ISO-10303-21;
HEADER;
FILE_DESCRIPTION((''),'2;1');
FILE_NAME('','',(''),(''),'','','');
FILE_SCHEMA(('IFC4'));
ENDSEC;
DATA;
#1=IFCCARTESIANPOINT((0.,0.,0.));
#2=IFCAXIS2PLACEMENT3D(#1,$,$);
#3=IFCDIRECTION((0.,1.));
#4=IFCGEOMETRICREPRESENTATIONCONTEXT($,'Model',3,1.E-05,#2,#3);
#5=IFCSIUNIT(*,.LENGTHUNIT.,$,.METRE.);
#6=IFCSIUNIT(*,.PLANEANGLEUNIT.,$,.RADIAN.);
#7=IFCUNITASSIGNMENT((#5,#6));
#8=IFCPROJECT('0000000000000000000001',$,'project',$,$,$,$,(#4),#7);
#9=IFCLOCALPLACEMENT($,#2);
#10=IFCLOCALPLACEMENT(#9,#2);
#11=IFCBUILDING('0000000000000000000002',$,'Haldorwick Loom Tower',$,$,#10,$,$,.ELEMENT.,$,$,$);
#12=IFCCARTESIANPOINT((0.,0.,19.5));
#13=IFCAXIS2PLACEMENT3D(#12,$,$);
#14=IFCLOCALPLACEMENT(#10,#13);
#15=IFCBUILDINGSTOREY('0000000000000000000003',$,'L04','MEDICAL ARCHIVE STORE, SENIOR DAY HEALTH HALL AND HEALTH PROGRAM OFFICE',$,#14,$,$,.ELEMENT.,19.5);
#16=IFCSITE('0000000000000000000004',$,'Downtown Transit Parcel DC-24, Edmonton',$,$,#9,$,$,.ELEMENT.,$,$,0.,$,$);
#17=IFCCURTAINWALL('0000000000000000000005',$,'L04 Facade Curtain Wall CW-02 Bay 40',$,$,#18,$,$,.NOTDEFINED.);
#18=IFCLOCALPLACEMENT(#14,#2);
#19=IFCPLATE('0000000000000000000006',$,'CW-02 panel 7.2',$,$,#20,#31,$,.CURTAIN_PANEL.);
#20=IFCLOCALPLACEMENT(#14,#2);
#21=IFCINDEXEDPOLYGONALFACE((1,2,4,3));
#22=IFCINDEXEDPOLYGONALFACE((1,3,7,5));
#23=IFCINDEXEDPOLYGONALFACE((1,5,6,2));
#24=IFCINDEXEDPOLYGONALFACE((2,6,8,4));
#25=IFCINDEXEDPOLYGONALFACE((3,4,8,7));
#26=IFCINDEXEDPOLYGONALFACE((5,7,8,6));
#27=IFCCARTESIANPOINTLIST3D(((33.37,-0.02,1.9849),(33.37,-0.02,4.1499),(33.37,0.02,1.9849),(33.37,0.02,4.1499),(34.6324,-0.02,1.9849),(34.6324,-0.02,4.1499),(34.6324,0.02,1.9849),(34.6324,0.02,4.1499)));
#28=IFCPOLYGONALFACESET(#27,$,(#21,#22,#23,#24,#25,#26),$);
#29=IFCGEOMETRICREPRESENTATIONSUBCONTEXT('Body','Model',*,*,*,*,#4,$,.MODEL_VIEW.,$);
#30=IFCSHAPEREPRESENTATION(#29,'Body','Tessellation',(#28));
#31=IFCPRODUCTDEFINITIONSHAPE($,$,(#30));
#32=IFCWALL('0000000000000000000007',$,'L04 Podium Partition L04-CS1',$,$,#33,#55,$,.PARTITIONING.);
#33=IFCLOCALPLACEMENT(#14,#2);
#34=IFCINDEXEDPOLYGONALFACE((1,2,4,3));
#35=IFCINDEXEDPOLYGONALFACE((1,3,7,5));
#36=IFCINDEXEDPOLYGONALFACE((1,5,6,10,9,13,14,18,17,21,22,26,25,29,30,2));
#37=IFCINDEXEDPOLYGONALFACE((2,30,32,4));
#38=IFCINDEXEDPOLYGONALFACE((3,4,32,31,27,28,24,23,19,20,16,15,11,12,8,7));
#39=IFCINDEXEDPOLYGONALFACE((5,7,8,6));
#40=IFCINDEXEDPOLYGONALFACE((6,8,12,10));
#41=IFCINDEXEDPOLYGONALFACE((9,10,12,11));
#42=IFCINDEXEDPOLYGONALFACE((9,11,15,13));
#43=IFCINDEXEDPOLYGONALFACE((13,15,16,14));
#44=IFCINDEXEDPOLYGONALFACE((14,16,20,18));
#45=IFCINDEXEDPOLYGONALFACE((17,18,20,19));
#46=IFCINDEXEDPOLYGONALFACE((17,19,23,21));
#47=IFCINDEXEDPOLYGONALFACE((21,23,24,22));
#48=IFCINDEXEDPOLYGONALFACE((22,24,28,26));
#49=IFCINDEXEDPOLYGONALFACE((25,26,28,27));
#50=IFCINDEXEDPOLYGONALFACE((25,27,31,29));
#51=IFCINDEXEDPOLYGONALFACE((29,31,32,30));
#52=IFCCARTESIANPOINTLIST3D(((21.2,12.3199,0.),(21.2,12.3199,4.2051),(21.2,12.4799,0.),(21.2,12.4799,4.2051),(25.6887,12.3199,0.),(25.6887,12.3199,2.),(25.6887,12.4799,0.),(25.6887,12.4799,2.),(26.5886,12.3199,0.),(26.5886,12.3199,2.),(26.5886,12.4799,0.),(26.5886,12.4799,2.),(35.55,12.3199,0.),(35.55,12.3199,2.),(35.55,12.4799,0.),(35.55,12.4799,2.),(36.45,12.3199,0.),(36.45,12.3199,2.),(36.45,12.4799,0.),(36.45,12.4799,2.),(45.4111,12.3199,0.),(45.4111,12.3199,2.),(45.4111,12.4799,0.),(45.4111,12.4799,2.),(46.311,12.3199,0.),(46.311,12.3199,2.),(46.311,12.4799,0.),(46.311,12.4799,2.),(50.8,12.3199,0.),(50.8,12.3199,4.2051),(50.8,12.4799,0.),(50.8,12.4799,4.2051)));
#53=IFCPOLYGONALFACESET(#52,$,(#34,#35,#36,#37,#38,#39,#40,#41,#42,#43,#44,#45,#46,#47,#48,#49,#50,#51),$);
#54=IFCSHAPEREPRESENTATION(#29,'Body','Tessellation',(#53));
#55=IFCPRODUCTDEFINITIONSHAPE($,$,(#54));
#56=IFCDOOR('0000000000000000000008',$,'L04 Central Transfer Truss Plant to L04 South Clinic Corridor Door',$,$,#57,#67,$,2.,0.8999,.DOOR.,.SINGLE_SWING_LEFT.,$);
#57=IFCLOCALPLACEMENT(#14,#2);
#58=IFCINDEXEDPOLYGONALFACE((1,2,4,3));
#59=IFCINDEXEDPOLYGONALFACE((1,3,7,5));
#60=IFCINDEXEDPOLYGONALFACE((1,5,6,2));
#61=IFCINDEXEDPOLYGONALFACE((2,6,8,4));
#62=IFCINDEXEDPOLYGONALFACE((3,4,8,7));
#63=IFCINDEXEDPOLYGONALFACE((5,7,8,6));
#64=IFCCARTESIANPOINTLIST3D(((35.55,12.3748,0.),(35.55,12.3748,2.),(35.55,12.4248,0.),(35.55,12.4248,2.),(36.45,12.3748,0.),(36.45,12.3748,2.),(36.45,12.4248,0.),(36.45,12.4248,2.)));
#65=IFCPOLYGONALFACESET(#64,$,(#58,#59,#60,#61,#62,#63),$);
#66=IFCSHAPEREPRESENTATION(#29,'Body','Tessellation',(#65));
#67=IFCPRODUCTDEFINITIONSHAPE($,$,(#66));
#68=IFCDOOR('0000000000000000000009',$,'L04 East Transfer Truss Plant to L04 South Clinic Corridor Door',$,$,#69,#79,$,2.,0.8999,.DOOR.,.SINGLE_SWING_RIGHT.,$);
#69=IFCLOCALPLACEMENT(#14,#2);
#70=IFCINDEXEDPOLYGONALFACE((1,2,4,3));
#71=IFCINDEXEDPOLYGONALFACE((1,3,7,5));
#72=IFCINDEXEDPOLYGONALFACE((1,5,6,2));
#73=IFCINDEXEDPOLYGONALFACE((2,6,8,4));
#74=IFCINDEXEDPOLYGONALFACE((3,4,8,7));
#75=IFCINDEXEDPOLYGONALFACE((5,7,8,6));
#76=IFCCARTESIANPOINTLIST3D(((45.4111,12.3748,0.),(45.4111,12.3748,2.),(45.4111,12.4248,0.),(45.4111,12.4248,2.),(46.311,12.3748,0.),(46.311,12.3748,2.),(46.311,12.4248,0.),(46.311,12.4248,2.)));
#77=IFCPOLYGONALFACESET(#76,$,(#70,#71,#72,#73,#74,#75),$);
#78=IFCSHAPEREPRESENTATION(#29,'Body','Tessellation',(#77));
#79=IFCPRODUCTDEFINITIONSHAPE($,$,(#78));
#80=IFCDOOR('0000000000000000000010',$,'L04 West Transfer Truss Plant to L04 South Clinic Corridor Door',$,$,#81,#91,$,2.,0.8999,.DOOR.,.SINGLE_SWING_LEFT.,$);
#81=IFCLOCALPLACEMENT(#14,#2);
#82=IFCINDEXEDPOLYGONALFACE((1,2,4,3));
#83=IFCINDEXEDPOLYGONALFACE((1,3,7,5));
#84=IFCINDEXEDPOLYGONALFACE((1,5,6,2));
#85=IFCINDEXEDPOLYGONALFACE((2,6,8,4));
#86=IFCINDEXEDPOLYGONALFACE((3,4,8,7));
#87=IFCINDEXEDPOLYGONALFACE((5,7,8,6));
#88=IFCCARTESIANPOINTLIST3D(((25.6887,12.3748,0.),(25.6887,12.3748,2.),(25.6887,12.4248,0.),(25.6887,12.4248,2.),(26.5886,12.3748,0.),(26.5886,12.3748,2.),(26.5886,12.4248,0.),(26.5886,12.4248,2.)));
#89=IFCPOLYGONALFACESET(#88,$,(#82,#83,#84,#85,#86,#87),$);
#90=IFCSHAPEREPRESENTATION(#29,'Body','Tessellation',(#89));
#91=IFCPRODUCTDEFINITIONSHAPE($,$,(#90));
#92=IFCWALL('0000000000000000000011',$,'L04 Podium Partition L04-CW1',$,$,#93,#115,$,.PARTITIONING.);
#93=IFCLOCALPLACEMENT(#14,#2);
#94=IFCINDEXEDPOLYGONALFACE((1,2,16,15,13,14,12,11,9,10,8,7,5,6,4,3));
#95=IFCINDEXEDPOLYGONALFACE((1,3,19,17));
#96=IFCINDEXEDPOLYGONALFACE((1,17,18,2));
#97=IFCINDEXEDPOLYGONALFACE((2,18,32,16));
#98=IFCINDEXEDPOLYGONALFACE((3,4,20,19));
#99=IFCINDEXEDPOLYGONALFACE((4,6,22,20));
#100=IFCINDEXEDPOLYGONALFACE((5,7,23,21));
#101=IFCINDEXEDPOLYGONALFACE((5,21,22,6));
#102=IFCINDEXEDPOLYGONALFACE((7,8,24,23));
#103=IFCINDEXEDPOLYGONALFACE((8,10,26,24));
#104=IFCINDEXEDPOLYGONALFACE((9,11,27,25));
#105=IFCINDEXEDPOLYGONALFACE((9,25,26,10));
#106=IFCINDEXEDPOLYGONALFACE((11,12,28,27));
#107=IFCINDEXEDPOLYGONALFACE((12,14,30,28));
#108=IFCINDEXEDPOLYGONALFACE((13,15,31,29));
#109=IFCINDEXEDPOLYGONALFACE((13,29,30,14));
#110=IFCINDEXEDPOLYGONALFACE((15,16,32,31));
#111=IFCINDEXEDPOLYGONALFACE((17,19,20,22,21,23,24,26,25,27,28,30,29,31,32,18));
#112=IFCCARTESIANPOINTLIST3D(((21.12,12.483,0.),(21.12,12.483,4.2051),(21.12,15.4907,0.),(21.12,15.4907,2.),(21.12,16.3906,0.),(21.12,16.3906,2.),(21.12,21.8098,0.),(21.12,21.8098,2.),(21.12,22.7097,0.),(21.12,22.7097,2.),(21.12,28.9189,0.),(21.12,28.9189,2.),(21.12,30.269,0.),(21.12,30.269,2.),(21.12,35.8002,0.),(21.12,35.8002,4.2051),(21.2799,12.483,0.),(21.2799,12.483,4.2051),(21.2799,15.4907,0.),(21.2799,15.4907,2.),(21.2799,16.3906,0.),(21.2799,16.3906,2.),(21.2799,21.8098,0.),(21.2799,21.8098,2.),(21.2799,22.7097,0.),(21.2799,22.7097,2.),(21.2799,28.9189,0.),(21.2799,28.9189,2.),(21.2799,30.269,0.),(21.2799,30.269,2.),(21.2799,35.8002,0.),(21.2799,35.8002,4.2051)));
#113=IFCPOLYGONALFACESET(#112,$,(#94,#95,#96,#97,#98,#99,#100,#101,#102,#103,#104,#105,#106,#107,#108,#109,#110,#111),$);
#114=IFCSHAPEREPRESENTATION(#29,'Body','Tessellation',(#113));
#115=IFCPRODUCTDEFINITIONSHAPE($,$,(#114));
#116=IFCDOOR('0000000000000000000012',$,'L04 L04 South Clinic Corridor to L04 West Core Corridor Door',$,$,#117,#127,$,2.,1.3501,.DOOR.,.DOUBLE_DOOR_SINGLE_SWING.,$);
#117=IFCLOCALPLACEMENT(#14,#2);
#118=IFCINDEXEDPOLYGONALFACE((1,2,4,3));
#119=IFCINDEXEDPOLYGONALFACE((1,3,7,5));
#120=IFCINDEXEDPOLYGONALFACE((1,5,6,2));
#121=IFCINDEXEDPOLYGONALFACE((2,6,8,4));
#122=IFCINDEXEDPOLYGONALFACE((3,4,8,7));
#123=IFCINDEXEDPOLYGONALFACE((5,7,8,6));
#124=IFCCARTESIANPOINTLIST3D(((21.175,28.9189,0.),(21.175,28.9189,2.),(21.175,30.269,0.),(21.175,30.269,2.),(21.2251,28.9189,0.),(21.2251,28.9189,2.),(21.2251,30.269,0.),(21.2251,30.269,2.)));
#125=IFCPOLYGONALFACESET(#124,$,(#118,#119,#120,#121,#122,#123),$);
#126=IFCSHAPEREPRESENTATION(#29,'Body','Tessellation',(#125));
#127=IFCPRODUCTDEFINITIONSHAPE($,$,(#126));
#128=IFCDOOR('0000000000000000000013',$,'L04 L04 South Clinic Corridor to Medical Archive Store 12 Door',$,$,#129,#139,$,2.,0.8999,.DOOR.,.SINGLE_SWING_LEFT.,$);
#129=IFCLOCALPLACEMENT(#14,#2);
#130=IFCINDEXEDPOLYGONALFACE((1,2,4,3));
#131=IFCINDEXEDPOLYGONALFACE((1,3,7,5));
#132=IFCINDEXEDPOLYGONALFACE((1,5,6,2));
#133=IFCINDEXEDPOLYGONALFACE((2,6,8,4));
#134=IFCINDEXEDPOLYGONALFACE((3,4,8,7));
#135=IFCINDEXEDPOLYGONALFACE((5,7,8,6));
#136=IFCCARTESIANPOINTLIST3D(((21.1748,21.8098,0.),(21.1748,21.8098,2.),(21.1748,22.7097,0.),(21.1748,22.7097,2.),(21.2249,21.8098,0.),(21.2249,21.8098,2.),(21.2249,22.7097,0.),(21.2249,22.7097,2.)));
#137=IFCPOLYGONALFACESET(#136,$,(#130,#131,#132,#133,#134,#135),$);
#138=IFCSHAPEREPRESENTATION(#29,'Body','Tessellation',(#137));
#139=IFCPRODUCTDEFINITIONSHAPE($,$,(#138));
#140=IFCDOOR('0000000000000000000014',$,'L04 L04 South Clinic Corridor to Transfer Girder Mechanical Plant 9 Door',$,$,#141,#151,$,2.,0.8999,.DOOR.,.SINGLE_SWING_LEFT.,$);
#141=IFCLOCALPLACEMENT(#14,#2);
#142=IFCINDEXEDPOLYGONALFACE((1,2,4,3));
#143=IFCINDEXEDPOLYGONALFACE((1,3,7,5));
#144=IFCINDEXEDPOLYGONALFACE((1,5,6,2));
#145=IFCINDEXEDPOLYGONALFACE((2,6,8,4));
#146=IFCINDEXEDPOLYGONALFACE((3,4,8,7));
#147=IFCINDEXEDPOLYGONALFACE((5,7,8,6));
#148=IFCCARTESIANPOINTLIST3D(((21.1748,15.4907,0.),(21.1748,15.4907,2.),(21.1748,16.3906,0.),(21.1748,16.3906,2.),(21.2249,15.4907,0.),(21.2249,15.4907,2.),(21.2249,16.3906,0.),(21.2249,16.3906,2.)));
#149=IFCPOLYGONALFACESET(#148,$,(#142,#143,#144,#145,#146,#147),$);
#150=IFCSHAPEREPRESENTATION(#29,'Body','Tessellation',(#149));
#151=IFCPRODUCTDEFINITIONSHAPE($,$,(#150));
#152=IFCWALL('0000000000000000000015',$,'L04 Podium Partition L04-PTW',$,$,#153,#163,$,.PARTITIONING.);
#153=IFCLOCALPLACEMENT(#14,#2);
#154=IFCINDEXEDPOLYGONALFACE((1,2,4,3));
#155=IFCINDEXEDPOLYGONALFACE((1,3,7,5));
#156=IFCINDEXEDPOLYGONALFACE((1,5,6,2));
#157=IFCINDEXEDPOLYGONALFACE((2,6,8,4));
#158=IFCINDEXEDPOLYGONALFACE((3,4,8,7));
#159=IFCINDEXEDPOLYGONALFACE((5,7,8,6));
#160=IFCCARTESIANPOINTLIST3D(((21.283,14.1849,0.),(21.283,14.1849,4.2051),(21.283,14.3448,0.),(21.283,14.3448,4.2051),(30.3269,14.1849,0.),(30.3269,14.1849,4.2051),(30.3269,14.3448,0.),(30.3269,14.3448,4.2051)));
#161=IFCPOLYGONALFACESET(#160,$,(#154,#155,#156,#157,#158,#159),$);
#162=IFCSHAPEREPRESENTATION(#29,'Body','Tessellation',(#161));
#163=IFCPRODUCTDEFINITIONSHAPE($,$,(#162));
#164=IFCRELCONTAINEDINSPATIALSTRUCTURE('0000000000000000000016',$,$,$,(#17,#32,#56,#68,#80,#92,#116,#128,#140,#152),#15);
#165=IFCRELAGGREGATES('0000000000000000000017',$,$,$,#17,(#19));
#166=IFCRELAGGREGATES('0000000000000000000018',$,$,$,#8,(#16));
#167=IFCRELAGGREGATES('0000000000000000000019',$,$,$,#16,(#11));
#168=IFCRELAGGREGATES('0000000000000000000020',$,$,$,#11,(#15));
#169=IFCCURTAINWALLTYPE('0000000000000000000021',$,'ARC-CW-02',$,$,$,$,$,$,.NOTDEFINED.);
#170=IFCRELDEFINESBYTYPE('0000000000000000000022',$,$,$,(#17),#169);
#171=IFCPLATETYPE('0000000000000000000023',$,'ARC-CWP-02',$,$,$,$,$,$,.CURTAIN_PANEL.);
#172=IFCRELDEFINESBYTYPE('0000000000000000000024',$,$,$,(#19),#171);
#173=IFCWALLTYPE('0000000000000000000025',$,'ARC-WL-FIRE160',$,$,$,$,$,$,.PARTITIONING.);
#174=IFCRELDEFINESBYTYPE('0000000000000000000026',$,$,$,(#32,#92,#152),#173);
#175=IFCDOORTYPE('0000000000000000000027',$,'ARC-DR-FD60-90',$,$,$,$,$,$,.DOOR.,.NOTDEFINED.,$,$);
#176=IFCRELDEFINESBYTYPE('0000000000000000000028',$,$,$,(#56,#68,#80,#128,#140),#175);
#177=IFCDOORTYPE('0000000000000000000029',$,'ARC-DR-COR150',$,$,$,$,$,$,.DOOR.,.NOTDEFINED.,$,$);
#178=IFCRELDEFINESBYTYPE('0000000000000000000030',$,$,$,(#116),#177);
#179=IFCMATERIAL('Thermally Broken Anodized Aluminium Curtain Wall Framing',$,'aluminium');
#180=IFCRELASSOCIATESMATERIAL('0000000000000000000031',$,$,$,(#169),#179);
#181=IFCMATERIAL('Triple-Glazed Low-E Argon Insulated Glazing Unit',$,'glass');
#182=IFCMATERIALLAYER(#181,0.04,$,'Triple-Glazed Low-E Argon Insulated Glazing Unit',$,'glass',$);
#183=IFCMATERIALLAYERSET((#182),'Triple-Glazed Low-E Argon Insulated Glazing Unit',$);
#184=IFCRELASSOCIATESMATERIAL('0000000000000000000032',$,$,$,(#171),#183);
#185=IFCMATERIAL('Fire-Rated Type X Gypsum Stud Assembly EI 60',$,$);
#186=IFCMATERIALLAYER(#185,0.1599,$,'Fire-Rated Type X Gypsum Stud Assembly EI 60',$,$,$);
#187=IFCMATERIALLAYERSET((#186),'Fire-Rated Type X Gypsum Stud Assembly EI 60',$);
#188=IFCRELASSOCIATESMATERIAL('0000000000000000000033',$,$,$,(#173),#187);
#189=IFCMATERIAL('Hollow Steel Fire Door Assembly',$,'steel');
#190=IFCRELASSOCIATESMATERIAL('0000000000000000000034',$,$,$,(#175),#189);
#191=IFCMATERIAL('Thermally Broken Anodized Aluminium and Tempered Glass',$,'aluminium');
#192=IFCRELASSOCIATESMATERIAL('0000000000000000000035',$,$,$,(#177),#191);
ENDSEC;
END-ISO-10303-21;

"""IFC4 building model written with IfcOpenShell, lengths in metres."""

from ifc_helpers import new_model, si_unit, direction, frame, frame_2d, origin, origin_2d, place, context, subcontext, project, spatial, rectangle, extrude, material, layer, layer_set, type_object, element, fill, aggregate, save


model = new_model("IFC4")

# Units and contexts
model_context = context("Model", 3, precision=1e-05, world=origin(), true_north=direction((0.0, 1.0)))
body_context = subcontext(model_context, "Body", "Model", "MODEL_VIEW")
ifc_project = project(units=[si_unit("LENGTHUNIT", "METRE"), si_unit("PLANEANGLEUNIT", "RADIAN")], contexts=[model_context])

# Site, building, storey
site_placement = place(None, origin())
site = spatial("IfcSite", under=ifc_project, at=site_placement, Name="Downtown Transit Parcel DC-24, Edmonton", CompositionType="ELEMENT", RefElevation=0.0)
building_placement = place(site_placement, origin())
building = spatial("IfcBuilding", under=site, at=building_placement, Name="Haldorwick Loom Tower", CompositionType="ELEMENT")
storey_placement = place(building_placement, frame((0.0, 0.0, 19.5)))
storey = spatial("IfcBuildingStorey", under=building, at=storey_placement, Name="L04", Description="MEDICAL ARCHIVE STORE, SENIOR DAY HEALTH HALL AND HEALTH PROGRAM OFFICE", CompositionType="ELEMENT", Elevation=19.5)

# Curtain wall
ifc_material_1 = material(Name="Thermally Broken Anodized Aluminium Curtain Wall Framing", Category="aluminium")
curtain_wall_type = type_object("IfcCurtainWallType", Name="ARC-CW-02", PredefinedType="NOTDEFINED", material=ifc_material_1)
curtain_wall_placement = place(storey_placement, origin())
curtain_wall = element("IfcCurtainWall", 1, at=curtain_wall_placement, inside=storey, type_object=curtain_wall_type, Name="L04 Facade Curtain Wall CW-02 Bay 40", PredefinedType="NOTDEFINED")

# Plate
ifc_material_2 = material(Name="Triple-Glazed Low-E Argon Insulated Glazing Unit", Category="glass")
ifc_layer_1 = layer(ifc_material_2, 0.04, Name="Triple-Glazed Low-E Argon Insulated Glazing Unit", Category="glass")
ifc_layer_set_1 = layer_set([ifc_layer_1], Name="Triple-Glazed Low-E Argon Insulated Glazing Unit")
plate_type = type_object("IfcPlateType", Name="ARC-CWP-02", PredefinedType="CURTAIN_PANEL", material=ifc_layer_set_1)
plate_1_placement = place(storey_placement, frame((34.0012, 0.0, 1.9849), z_axis=(0.0, 0.0, 1.0), x_axis=(1.0, 0.0, 0.0)))
plate_1 = element("IfcPlate", 2, at=plate_1_placement, type_object=plate_type, Name="CW-02 panel 7.2", PredefinedType="CURTAIN_PANEL", context=body_context, shape_type="SweptSolid", body=[
    extrude(rectangle(XDim=1.2625, YDim=0.04, at=origin_2d()), origin(), (0.0, 0.0, 1.0), 2.165),
])
aggregate(curtain_wall, [plate_1])

# Walls, openings, doors
ifc_material_3 = material(Name="Fire-Rated Type X Gypsum Stud Assembly EI 60")
ifc_layer_2 = layer(ifc_material_3, 0.1599, Name="Fire-Rated Type X Gypsum Stud Assembly EI 60")
ifc_layer_set_2 = layer_set([ifc_layer_2], Name="Fire-Rated Type X Gypsum Stud Assembly EI 60")
wall_type_1 = type_object("IfcWallType", Name="ARC-WL-FIRE160", PredefinedType="PARTITIONING", material=ifc_layer_set_2)
wall_1_placement = place(storey_placement, frame((21.2, 12.3999, 0.0), z_axis=(0.0, 0.0, 1.0), x_axis=(1.0, 0.0, 0.0)))
wall_1 = element("IfcWall", 3, at=wall_1_placement, inside=storey, type_object=wall_type_1, Name="L04 Podium Partition L04-CS1", PredefinedType="PARTITIONING", context=body_context, shape_type="SweptSolid", body=[
    extrude(rectangle(XDim=29.6001, YDim=0.1599, at=frame_2d((14.8, 0.0))), origin(), (0.0, 0.0, 1.0), 4.2051),
])
opening_1_placement = place(wall_1_placement, frame((14.3501, 0.0, 0.0)))
opening_1 = element("IfcOpeningElement", 4, at=opening_1_placement, cuts=wall_1, PredefinedType="OPENING", context=body_context, shape_type="SweptSolid", body=[
    extrude(rectangle(XDim=0.8999, YDim=2.0, at=frame_2d((0.45, 1.0))), frame((0.0, 0.0898, 0.0), z_axis=(0.0, -1.0, 0.0), x_axis=(1.0, 0.0, 0.0)), (0.0, 0.0, 1.0), 0.1799),
])
opening_2_placement = place(wall_1_placement, frame((24.2112, 0.0, 0.0)))
opening_2 = element("IfcOpeningElement", 5, at=opening_2_placement, cuts=wall_1, PredefinedType="OPENING", context=body_context, shape_type="SweptSolid", body=[
    extrude(rectangle(XDim=0.8999, YDim=2.0, at=frame_2d((0.45, 1.0))), frame((0.0, 0.0898, 0.0), z_axis=(0.0, -1.0, 0.0), x_axis=(1.0, 0.0, 0.0)), (0.0, 0.0, 1.0), 0.1799),
])
opening_3_placement = place(wall_1_placement, frame((4.4888, 0.0, 0.0)))
opening_3 = element("IfcOpeningElement", 6, at=opening_3_placement, cuts=wall_1, PredefinedType="OPENING", context=body_context, shape_type="SweptSolid", body=[
    extrude(rectangle(XDim=0.8999, YDim=2.0, at=frame_2d((0.45, 1.0))), frame((0.0, 0.0898, 0.0), z_axis=(0.0, -1.0, 0.0), x_axis=(1.0, 0.0, 0.0)), (0.0, 0.0, 1.0), 0.1799),
])
ifc_material_4 = material(Name="Hollow Steel Fire Door Assembly", Category="steel")
door_type_1 = type_object("IfcDoorType", Name="ARC-DR-FD60-90", OperationType="NOTDEFINED", PredefinedType="DOOR", material=ifc_material_4)
door_1_placement = place(opening_1_placement, origin())
door_1 = element("IfcDoor", 7, at=door_1_placement, inside=storey, type_object=door_type_1, Name="L04 Central Transfer Truss Plant to L04 South Clinic Corridor Door", OperationType="SINGLE_SWING_LEFT", OverallHeight=2.0, OverallWidth=0.8999, PredefinedType="DOOR", context=body_context, shape_type="SweptSolid", body=[
    extrude(rectangle(XDim=0.8999, YDim=2.0, at=frame_2d((0.45, 1.0))), frame((0.0, 0.0249, 0.0), z_axis=(0.0, -1.0, 0.0), x_axis=(1.0, 0.0, 0.0)), (0.0, 0.0, 1.0), 0.05),
])
fill(opening_1, door_1)
door_2_placement = place(opening_2_placement, origin())
door_2 = element("IfcDoor", 8, at=door_2_placement, inside=storey, type_object=door_type_1, Name="L04 East Transfer Truss Plant to L04 South Clinic Corridor Door", OperationType="SINGLE_SWING_RIGHT", OverallHeight=2.0, OverallWidth=0.8999, PredefinedType="DOOR", context=body_context, shape_type="SweptSolid", body=[
    extrude(rectangle(XDim=0.8999, YDim=2.0, at=frame_2d((0.45, 1.0))), frame((0.0, 0.0249, 0.0), z_axis=(0.0, -1.0, 0.0), x_axis=(1.0, 0.0, 0.0)), (0.0, 0.0, 1.0), 0.05),
])
fill(opening_2, door_2)
door_3_placement = place(opening_3_placement, origin())
door_3 = element("IfcDoor", 9, at=door_3_placement, inside=storey, type_object=door_type_1, Name="L04 West Transfer Truss Plant to L04 South Clinic Corridor Door", OperationType="SINGLE_SWING_LEFT", OverallHeight=2.0, OverallWidth=0.8999, PredefinedType="DOOR", context=body_context, shape_type="SweptSolid", body=[
    extrude(rectangle(XDim=0.8999, YDim=2.0, at=frame_2d((0.45, 1.0))), frame((0.0, 0.0249, 0.0), z_axis=(0.0, -1.0, 0.0), x_axis=(1.0, 0.0, 0.0)), (0.0, 0.0, 1.0), 0.05),
])
fill(opening_3, door_3)
wall_2_placement = place(storey_placement, frame((21.2, 12.4829, 0.0), z_axis=(0.0, 0.0, 1.0), x_axis=(0.0, 1.0, 0.0)))
wall_2 = element("IfcWall", 10, at=wall_2_placement, inside=storey, type_object=wall_type_1, Name="L04 Podium Partition L04-CW1", PredefinedType="PARTITIONING", context=body_context, shape_type="SweptSolid", body=[
    extrude(rectangle(XDim=23.3171, YDim=0.1599, at=frame_2d((11.6587, 0.0))), origin(), (0.0, 0.0, 1.0), 4.2051),
])
opening_4_placement = place(wall_2_placement, frame((16.436, 0.0, 0.0)))
opening_4 = element("IfcOpeningElement", 11, at=opening_4_placement, cuts=wall_2, PredefinedType="OPENING", context=body_context, shape_type="SweptSolid", body=[
    extrude(rectangle(XDim=1.3501, YDim=2.0, at=frame_2d((0.675, 1.0))), frame((0.0, 0.0898, 0.0), z_axis=(0.0, -1.0, 0.0), x_axis=(1.0, 0.0, 0.0)), (0.0, 0.0, 1.0), 0.1799),
])
opening_5_placement = place(wall_2_placement, frame((9.3269, 0.0, 0.0)))
opening_5 = element("IfcOpeningElement", 12, at=opening_5_placement, cuts=wall_2, PredefinedType="OPENING", context=body_context, shape_type="SweptSolid", body=[
    extrude(rectangle(XDim=0.8999, YDim=2.0, at=frame_2d((0.45, 1.0))), frame((0.0, 0.0898, 0.0), z_axis=(0.0, -1.0, 0.0), x_axis=(1.0, 0.0, 0.0)), (0.0, 0.0, 1.0), 0.1799),
])
opening_6_placement = place(wall_2_placement, frame((3.0078, 0.0, 0.0)))
opening_6 = element("IfcOpeningElement", 13, at=opening_6_placement, cuts=wall_2, PredefinedType="OPENING", context=body_context, shape_type="SweptSolid", body=[
    extrude(rectangle(XDim=0.8999, YDim=2.0, at=frame_2d((0.45, 1.0))), frame((0.0, 0.0898, 0.0), z_axis=(0.0, -1.0, 0.0), x_axis=(1.0, 0.0, 0.0)), (0.0, 0.0, 1.0), 0.1799),
])
ifc_material_5 = material(Name="Thermally Broken Anodized Aluminium and Tempered Glass", Category="aluminium")
door_type_2 = type_object("IfcDoorType", Name="ARC-DR-COR150", OperationType="NOTDEFINED", PredefinedType="DOOR", material=ifc_material_5)
door_4_placement = place(opening_4_placement, origin())
door_4 = element("IfcDoor", 14, at=door_4_placement, inside=storey, type_object=door_type_2, Name="L04 L04 South Clinic Corridor to L04 West Core Corridor Door", OperationType="DOUBLE_DOOR_SINGLE_SWING", OverallHeight=2.0, OverallWidth=1.3501, PredefinedType="DOOR", context=body_context, shape_type="SweptSolid", body=[
    extrude(rectangle(XDim=1.3501, YDim=2.0, at=frame_2d((0.675, 1.0))), frame((0.0, 0.0249, 0.0), z_axis=(0.0, -1.0, 0.0), x_axis=(1.0, 0.0, 0.0)), (0.0, 0.0, 1.0), 0.05),
])
fill(opening_4, door_4)
door_5_placement = place(opening_5_placement, frame((0.8999, 0.0, 0.0), z_axis=(0.0, 0.0, 1.0), x_axis=(-1.0, 0.0, 0.0)))
door_5 = element("IfcDoor", 15, at=door_5_placement, inside=storey, type_object=door_type_1, Name="L04 L04 South Clinic Corridor to Medical Archive Store 12 Door", OperationType="SINGLE_SWING_LEFT", OverallHeight=2.0, OverallWidth=0.8999, PredefinedType="DOOR", context=body_context, shape_type="SweptSolid", body=[
    extrude(rectangle(XDim=0.8999, YDim=2.0, at=frame_2d((0.45, 1.0))), frame((0.0, 0.0249, 0.0), z_axis=(0.0, -1.0, 0.0), x_axis=(1.0, 0.0, 0.0)), (0.0, 0.0, 1.0), 0.05),
])
fill(opening_5, door_5)
door_6_placement = place(opening_6_placement, frame((0.8999, 0.0, 0.0), z_axis=(0.0, 0.0, 1.0), x_axis=(-1.0, 0.0, 0.0)))
door_6 = element("IfcDoor", 16, at=door_6_placement, inside=storey, type_object=door_type_1, Name="L04 L04 South Clinic Corridor to Transfer Girder Mechanical Plant 9 Door", OperationType="SINGLE_SWING_LEFT", OverallHeight=2.0, OverallWidth=0.8999, PredefinedType="DOOR", context=body_context, shape_type="SweptSolid", body=[
    extrude(rectangle(XDim=0.8999, YDim=2.0, at=frame_2d((0.45, 1.0))), frame((0.0, 0.0249, 0.0), z_axis=(0.0, -1.0, 0.0), x_axis=(1.0, 0.0, 0.0)), (0.0, 0.0, 1.0), 0.05),
])
fill(opening_6, door_6)

# Wall
wall_3_placement = place(storey_placement, frame((21.283, 14.2649, 0.0), z_axis=(0.0, 0.0, 1.0), x_axis=(1.0, 0.0, 0.0)))
element("IfcWall", 17, at=wall_3_placement, inside=storey, type_object=wall_type_1, Name="L04 Podium Partition L04-PTW", PredefinedType="PARTITIONING", context=body_context, shape_type="SweptSolid", body=[
    extrude(rectangle(XDim=9.0439, YDim=0.1599, at=frame_2d((4.522, 0.0))), origin(), (0.0, 0.0, 1.0), 4.2051),
])

save(model, "model.ifc")
